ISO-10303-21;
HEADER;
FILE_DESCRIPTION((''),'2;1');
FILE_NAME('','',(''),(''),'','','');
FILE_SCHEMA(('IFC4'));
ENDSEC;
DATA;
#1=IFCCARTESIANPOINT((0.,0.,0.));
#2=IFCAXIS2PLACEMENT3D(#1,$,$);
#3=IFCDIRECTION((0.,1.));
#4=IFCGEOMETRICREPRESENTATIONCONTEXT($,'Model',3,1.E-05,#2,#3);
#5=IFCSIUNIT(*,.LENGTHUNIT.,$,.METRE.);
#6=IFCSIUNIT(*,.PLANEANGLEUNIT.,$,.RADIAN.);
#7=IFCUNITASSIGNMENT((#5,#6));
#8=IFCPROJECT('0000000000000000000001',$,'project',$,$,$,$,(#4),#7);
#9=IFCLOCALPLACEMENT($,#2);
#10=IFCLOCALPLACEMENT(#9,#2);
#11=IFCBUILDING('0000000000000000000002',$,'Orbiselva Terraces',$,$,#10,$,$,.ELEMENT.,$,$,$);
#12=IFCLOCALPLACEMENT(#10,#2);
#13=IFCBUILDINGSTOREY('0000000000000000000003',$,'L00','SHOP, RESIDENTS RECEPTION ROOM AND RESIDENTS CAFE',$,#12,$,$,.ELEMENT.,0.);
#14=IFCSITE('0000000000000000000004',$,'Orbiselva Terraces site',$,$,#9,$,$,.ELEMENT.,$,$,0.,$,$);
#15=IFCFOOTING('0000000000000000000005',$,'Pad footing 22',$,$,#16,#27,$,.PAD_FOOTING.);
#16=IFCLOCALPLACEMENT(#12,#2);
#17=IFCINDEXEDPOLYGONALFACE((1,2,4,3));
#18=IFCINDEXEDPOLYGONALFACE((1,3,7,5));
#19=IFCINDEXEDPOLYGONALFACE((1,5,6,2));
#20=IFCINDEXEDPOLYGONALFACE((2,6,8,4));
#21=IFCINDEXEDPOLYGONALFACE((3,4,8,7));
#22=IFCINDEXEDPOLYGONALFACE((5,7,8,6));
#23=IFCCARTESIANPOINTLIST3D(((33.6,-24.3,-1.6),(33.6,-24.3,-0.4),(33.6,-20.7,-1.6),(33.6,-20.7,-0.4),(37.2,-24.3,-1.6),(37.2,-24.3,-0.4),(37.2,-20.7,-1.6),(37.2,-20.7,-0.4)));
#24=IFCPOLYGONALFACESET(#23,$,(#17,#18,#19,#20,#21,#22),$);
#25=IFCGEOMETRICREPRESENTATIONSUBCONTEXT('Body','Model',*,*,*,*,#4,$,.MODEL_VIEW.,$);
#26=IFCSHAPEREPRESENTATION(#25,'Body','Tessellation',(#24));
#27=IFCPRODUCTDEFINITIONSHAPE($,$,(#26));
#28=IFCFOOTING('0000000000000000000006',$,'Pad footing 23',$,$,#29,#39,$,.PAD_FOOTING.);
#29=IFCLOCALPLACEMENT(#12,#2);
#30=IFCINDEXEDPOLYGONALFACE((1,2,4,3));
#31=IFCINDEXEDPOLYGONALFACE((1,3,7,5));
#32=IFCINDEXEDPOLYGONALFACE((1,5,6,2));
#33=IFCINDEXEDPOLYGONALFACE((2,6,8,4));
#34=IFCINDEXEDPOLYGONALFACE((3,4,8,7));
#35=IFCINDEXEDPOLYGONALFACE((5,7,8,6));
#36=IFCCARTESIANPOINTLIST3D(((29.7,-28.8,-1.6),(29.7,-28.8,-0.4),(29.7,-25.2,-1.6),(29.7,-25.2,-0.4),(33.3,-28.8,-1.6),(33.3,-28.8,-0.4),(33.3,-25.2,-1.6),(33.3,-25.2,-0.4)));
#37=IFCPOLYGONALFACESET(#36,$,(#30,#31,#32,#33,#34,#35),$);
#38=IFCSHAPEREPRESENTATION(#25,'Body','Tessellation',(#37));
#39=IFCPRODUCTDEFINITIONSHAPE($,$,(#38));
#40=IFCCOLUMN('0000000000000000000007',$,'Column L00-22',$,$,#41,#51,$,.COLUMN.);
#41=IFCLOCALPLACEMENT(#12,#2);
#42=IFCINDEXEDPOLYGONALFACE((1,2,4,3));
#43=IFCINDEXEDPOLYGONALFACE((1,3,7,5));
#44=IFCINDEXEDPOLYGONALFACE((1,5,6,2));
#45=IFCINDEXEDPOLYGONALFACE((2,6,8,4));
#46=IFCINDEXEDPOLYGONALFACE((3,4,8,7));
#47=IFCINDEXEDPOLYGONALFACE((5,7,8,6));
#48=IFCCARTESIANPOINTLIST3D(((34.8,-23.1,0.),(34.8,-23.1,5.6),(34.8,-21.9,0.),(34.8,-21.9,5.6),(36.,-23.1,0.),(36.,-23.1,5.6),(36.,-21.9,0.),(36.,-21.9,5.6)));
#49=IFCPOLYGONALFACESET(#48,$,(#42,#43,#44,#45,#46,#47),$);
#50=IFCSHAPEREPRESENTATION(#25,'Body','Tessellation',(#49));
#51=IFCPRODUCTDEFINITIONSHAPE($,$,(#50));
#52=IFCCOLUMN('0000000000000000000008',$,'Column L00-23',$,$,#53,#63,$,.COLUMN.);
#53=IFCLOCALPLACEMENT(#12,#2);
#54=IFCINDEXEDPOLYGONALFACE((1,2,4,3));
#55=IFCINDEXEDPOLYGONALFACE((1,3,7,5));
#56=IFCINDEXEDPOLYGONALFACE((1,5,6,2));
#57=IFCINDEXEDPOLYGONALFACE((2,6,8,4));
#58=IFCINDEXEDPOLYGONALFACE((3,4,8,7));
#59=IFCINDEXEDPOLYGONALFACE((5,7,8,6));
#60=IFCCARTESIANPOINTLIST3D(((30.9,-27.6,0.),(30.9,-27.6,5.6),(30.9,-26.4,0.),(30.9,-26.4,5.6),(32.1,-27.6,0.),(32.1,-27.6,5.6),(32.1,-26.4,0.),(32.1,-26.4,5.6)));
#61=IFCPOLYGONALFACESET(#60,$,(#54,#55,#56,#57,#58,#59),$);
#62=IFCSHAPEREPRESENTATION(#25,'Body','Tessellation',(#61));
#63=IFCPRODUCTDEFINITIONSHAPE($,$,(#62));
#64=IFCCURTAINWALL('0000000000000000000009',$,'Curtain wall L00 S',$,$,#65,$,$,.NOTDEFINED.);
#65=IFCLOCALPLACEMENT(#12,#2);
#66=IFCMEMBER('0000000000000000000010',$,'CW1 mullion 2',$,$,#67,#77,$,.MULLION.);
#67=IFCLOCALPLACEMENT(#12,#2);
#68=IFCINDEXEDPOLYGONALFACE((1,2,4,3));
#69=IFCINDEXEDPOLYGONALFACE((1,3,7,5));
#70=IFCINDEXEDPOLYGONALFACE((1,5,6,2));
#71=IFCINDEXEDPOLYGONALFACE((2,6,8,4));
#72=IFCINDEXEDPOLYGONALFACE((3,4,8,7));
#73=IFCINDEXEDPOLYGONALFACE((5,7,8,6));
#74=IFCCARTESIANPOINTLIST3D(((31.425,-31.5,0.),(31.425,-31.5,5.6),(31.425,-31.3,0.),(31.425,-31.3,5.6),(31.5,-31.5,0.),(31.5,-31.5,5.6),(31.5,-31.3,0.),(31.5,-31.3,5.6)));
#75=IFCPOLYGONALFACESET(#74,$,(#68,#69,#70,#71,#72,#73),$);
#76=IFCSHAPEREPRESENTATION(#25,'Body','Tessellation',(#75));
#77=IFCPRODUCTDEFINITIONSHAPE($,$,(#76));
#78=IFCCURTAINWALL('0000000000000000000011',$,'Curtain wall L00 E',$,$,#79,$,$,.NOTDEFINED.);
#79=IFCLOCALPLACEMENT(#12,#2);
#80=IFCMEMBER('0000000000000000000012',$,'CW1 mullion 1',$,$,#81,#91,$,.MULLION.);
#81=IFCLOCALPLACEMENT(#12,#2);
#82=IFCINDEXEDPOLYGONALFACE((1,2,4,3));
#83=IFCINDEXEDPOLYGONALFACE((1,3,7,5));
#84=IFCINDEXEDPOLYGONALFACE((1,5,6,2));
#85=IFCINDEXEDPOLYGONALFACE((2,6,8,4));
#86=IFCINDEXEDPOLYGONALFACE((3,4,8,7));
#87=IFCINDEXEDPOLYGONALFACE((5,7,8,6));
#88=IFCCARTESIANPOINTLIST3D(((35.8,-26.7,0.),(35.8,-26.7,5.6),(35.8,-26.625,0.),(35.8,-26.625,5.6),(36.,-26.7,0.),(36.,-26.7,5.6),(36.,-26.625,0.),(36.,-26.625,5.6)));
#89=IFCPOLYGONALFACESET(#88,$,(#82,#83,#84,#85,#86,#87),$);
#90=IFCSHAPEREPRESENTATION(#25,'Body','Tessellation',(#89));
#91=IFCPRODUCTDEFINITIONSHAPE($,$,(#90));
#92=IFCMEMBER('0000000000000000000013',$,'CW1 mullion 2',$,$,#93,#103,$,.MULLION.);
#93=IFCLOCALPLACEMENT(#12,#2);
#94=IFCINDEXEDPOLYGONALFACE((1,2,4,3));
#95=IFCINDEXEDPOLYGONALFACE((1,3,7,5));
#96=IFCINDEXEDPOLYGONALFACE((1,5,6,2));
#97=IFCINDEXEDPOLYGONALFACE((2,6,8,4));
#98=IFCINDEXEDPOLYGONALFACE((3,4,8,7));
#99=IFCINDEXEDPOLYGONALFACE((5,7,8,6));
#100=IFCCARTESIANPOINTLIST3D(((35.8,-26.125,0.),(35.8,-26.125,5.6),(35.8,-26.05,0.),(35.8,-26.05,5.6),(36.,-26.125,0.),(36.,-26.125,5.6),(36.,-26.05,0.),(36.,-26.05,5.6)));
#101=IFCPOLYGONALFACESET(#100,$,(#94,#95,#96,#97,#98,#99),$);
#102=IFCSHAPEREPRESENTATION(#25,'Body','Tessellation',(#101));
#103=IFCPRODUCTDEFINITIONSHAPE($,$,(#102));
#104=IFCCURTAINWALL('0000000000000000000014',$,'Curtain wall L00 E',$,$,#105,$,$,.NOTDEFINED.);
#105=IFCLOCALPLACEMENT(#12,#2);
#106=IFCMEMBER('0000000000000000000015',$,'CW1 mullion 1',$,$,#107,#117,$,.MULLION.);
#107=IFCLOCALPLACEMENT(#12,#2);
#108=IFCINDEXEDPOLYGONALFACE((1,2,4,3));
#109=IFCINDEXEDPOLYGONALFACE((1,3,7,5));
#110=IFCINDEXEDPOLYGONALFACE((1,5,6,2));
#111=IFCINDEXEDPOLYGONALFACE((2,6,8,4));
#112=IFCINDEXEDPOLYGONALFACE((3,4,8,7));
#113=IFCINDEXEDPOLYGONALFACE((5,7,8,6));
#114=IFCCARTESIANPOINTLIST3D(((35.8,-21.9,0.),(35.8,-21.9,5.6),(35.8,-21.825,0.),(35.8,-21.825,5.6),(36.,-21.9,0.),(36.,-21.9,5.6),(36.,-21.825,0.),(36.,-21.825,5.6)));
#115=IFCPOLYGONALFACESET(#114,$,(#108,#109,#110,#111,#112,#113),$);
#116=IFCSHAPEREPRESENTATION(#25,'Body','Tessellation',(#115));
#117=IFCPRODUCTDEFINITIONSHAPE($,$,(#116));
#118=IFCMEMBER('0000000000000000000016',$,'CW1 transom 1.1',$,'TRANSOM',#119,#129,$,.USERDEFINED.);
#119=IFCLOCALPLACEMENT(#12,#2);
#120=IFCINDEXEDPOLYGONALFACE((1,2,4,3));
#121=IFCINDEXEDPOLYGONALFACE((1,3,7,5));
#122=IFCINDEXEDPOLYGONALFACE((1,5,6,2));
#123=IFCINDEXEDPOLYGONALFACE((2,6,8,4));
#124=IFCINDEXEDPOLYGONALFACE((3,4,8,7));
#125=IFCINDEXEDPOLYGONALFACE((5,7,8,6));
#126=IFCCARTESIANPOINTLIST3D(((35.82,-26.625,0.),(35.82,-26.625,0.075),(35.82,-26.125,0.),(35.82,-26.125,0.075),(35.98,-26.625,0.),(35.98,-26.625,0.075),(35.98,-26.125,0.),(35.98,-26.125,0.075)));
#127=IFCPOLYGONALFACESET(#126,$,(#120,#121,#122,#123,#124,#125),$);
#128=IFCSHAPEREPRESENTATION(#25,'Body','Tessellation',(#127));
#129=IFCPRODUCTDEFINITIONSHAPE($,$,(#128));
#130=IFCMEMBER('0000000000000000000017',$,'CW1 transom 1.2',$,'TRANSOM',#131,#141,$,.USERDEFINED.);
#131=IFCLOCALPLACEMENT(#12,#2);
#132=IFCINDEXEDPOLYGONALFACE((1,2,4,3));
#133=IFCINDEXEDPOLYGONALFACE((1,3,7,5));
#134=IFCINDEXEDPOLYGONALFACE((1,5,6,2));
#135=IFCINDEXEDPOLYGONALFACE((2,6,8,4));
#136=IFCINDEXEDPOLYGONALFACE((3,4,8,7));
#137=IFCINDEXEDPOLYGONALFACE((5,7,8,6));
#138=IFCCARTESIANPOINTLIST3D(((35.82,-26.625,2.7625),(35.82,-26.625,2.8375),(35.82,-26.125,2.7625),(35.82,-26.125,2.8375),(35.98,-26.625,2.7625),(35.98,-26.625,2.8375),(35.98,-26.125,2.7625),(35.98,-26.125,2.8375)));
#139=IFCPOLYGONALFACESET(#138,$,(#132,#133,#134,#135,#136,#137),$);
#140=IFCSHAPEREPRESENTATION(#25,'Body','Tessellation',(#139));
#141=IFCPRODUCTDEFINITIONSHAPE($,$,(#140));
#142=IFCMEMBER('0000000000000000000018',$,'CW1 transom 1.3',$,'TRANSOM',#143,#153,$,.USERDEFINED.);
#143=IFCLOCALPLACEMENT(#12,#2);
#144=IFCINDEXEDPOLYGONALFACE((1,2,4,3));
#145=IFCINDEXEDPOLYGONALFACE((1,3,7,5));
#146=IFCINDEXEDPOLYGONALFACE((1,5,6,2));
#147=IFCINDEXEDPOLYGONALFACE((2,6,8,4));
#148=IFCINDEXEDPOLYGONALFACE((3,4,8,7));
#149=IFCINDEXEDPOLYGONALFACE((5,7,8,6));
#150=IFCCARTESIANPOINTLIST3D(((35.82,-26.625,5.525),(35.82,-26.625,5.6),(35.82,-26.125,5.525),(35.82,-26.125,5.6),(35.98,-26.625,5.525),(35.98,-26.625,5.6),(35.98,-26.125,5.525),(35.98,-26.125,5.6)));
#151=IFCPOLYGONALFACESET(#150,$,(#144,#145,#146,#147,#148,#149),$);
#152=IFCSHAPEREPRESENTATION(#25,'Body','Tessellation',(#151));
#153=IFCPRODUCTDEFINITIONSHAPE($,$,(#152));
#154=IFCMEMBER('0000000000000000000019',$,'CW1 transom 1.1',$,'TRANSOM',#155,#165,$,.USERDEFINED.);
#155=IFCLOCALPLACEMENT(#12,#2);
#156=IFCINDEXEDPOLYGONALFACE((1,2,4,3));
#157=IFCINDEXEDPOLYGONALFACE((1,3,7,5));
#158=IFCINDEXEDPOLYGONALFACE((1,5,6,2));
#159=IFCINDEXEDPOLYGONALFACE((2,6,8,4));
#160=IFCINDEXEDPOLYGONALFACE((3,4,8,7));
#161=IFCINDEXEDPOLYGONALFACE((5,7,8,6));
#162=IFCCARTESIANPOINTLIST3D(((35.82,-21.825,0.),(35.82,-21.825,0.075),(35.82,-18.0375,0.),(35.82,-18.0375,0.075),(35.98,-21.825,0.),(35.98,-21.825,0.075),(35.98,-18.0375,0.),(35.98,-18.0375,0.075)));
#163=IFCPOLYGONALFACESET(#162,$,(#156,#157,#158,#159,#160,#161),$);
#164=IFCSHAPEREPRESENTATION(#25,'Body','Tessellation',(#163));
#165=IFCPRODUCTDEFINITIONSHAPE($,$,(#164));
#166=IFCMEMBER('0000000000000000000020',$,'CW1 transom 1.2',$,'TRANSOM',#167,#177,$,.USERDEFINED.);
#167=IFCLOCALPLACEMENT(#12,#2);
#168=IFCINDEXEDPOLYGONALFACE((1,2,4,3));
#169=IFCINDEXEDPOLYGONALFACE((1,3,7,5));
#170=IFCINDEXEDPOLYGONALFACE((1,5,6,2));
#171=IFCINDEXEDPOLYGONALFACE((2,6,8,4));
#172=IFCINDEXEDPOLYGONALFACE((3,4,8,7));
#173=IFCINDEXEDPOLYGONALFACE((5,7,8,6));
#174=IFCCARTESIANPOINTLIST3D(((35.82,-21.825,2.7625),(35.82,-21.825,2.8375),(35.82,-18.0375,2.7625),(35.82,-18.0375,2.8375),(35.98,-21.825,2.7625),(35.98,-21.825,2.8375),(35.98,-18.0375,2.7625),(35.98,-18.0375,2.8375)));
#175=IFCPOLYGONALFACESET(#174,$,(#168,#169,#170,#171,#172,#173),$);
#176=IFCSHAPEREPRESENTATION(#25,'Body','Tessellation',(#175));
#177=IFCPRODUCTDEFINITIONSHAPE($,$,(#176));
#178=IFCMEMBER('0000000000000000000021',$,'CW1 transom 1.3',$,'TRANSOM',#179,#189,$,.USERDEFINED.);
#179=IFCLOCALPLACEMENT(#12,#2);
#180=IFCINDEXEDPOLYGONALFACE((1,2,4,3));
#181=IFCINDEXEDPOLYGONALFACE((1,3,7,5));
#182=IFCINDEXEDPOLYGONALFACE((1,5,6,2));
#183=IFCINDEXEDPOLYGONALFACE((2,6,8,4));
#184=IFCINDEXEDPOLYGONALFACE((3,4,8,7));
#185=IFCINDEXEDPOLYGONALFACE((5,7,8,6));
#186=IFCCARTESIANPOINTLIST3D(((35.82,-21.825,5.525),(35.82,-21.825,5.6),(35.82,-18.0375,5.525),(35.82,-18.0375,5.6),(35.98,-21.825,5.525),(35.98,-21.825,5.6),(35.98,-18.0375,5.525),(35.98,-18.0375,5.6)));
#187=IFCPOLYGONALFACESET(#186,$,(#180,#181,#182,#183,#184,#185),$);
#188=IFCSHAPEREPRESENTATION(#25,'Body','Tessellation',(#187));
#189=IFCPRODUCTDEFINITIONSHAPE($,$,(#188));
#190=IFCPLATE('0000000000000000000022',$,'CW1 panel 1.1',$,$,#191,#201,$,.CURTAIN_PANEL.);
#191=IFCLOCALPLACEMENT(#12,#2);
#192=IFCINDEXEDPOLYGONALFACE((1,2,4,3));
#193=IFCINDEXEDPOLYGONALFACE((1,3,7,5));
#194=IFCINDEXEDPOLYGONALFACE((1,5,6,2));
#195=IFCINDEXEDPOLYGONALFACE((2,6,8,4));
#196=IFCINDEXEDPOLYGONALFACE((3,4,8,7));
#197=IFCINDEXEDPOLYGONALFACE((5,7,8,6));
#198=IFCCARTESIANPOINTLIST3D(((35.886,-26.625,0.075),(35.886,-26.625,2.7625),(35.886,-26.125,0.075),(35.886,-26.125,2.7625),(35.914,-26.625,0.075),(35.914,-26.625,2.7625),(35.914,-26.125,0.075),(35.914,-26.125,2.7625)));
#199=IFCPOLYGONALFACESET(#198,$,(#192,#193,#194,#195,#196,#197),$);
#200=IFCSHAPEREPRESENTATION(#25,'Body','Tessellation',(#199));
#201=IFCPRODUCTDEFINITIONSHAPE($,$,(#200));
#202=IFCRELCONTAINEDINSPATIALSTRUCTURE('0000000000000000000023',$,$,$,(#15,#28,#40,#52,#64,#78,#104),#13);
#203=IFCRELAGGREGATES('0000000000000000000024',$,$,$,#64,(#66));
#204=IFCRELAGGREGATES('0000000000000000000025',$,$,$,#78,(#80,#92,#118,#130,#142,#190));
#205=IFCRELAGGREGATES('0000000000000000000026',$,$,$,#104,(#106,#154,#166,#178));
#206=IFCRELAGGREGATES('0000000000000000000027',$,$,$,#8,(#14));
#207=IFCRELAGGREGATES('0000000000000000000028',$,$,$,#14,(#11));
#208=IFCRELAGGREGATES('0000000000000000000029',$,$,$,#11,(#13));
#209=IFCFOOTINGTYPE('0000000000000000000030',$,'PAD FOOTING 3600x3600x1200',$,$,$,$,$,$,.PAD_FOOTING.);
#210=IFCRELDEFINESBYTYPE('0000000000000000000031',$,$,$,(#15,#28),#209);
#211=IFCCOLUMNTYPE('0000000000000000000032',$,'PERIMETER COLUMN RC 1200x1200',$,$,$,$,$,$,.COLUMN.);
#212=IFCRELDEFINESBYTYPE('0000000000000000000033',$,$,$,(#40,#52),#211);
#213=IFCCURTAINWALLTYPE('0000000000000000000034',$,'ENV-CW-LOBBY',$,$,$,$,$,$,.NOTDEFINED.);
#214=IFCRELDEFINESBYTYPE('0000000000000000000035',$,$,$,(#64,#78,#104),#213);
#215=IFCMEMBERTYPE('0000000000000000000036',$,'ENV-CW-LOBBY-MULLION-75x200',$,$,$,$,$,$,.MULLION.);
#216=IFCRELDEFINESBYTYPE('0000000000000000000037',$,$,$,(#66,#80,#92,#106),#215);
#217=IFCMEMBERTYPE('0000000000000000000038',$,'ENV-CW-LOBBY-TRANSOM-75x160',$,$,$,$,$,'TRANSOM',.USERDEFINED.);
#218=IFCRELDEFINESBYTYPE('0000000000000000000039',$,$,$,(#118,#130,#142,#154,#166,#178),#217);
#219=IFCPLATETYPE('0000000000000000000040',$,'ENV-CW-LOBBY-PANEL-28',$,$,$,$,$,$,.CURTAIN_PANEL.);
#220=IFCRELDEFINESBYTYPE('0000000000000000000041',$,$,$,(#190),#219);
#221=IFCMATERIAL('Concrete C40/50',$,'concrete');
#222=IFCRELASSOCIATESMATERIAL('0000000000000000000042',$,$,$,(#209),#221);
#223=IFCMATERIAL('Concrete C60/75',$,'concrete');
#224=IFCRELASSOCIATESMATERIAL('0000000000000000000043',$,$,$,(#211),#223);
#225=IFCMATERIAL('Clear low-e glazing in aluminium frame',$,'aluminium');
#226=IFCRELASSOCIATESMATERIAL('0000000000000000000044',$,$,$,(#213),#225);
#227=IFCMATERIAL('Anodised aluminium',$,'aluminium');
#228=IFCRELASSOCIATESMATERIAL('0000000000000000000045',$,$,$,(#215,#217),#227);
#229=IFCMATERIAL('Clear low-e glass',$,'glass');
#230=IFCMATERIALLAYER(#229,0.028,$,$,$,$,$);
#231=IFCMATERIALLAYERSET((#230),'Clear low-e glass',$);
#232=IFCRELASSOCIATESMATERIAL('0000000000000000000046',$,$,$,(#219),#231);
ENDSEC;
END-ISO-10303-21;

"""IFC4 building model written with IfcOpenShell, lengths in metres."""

from ifc_helpers import new_model, si_unit, direction, frame, origin, origin_2d, place, context, subcontext, project, spatial, rectangle, extrude, material, layer, layer_set, material_profile, profile_set, type_object, element, aggregate, save


model = new_model("IFC4")

# Units and contexts
model_context = context("Model", 3, precision=1e-05, world=origin(), true_north=direction((0.0, 1.0)))
body_context = subcontext(model_context, "Body", "Model", "MODEL_VIEW")
ifc_project = project(units=[si_unit("LENGTHUNIT", "METRE"), si_unit("PLANEANGLEUNIT", "RADIAN")], contexts=[model_context])

# Site, building, storey
site_placement = place(None, origin())
site = spatial("IfcSite", under=ifc_project, at=site_placement, Name="Orbiselva Terraces site", CompositionType="ELEMENT", RefElevation=0.0)
building_placement = place(site_placement, origin())
building = spatial("IfcBuilding", under=site, at=building_placement, Name="Orbiselva Terraces", CompositionType="ELEMENT")
storey_placement = place(building_placement, origin())
storey = spatial("IfcBuildingStorey", under=building, at=storey_placement, Name="L00", Description="SHOP, RESIDENTS RECEPTION ROOM AND RESIDENTS CAFE", CompositionType="ELEMENT", Elevation=0.0)

# Footings
ifc_material_1 = material(Name="Concrete C40/50", Category="concrete")
footing_type = type_object("IfcFootingType", Name="PAD FOOTING 3600x3600x1200", PredefinedType="PAD_FOOTING", material=ifc_material_1)
for number, where, z_axis, x_axis, name in (
    (1, (35.4, -22.5, -1.6), (0.0, 0.0, 1.0), (1.0, 0.0, 0.0), "Pad footing 22"),
    (2, (31.5, -27.0, -1.6), (0.0, 0.0, 1.0), (1.0, 0.0, 0.0), "Pad footing 23"),
):
    element("IfcFooting", number, at=place(storey_placement, frame(where, z_axis=z_axis, x_axis=x_axis)), inside=storey, type_object=footing_type, Name=name, PredefinedType="PAD_FOOTING", context=body_context, shape_type="SweptSolid", body=[
        extrude(rectangle(XDim=3.6, YDim=3.6, at=origin_2d()), origin(), (0.0, 0.0, 1.0), 1.2),
    ])

# Columns
ifc_material_2 = material(Name="Concrete C60/75", Category="concrete")
ifc_material_profile_1 = material_profile(ifc_material_2, rectangle(XDim=1.2, YDim=1.2, at=origin_2d()), Name="RC 1200x1200")
ifc_profile_set_1 = profile_set([ifc_material_profile_1], Name="Concrete C60/75")
column_type = type_object("IfcColumnType", Name="PERIMETER COLUMN RC 1200x1200", PredefinedType="COLUMN", material=ifc_profile_set_1)
for number, where, z_axis, x_axis, name in (
    (3, (35.4, -22.5, 0.0), (0.0, 0.0, 1.0), (1.0, 0.0, 0.0), "Column L00-22"),
    (4, (31.5, -27.0, 0.0), (0.0, 0.0, 1.0), (1.0, 0.0, 0.0), "Column L00-23"),
):
    element("IfcColumn", number, at=place(storey_placement, frame(where, z_axis=z_axis, x_axis=x_axis)), inside=storey, type_object=column_type, Name=name, PredefinedType="COLUMN", context=body_context, shape_type="SweptSolid", body=[
        extrude(rectangle(XDim=1.2, YDim=1.2, at=origin_2d()), origin(), (0.0, 0.0, 1.0), 5.6),
    ])

# Curtain wall, member
ifc_material_3 = material(Name="Clear low-e glazing in aluminium frame", Category="aluminium")
curtain_wall_type = type_object("IfcCurtainWallType", Name="ENV-CW-LOBBY", PredefinedType="NOTDEFINED", material=ifc_material_3)
curtain_wall_1_placement = place(storey_placement, origin())
curtain_wall_1 = element("IfcCurtainWall", 5, at=curtain_wall_1_placement, inside=storey, type_object=curtain_wall_type, Name="Curtain wall L00 S", PredefinedType="NOTDEFINED")
ifc_material_4 = material(Name="Anodised aluminium", Category="aluminium")
ifc_material_profile_2 = material_profile(ifc_material_4, rectangle(XDim=0.2, YDim=0.075, at=origin_2d()), Name="AL 75x200")
ifc_profile_set_2 = profile_set([ifc_material_profile_2], Name="Anodised aluminium")
member_type_1 = type_object("IfcMemberType", Name="ENV-CW-LOBBY-MULLION-75x200", PredefinedType="MULLION", material=ifc_profile_set_2)
member_1_placement = place(storey_placement, frame((31.4625, -31.4, 0.0), z_axis=(0.0, 0.0, 1.0), x_axis=(0.0, 1.0, 0.0)))
member_1 = element("IfcMember", 6, at=member_1_placement, type_object=member_type_1, Name="CW1 mullion 2", PredefinedType="MULLION", context=body_context, shape_type="SweptSolid", body=[
    extrude(rectangle(XDim=0.2, YDim=0.075, at=origin_2d()), origin(), (0.0, 0.0, 1.0), 5.6),
])
aggregate(curtain_wall_1, [member_1])

# Curtain wall, members
curtain_wall_2_placement = place(storey_placement, origin())
curtain_wall_2 = element("IfcCurtainWall", 7, at=curtain_wall_2_placement, inside=storey, type_object=curtain_wall_type, Name="Curtain wall L00 E", PredefinedType="NOTDEFINED")
member_2_placement = place(storey_placement, frame((35.9, -26.6625, 0.0), z_axis=(0.0, 0.0, 1.0), x_axis=(-1.0, 0.0, 0.0)))
member_2 = element("IfcMember", 8, at=member_2_placement, type_object=member_type_1, Name="CW1 mullion 1", PredefinedType="MULLION", context=body_context, shape_type="SweptSolid", body=[
    extrude(rectangle(XDim=0.2, YDim=0.075, at=origin_2d()), origin(), (0.0, 0.0, 1.0), 5.6),
])
member_3_placement = place(storey_placement, frame((35.9, -26.0875, 0.0), z_axis=(0.0, 0.0, 1.0), x_axis=(-1.0, 0.0, 0.0)))
member_3 = element("IfcMember", 9, at=member_3_placement, type_object=member_type_1, Name="CW1 mullion 2", PredefinedType="MULLION", context=body_context, shape_type="SweptSolid", body=[
    extrude(rectangle(XDim=0.2, YDim=0.075, at=origin_2d()), origin(), (0.0, 0.0, 1.0), 5.6),
])

# Curtain wall, member
curtain_wall_3_placement = place(storey_placement, origin())
curtain_wall_3 = element("IfcCurtainWall", 10, at=curtain_wall_3_placement, inside=storey, type_object=curtain_wall_type, Name="Curtain wall L00 E", PredefinedType="NOTDEFINED")
member_4_placement = place(storey_placement, frame((35.9, -21.8625, 0.0), z_axis=(0.0, 0.0, 1.0), x_axis=(-1.0, 0.0, 0.0)))
member_4 = element("IfcMember", 11, at=member_4_placement, type_object=member_type_1, Name="CW1 mullion 1", PredefinedType="MULLION", context=body_context, shape_type="SweptSolid", body=[
    extrude(rectangle(XDim=0.2, YDim=0.075, at=origin_2d()), origin(), (0.0, 0.0, 1.0), 5.6),
])

# Members
ifc_material_profile_3 = material_profile(ifc_material_4, rectangle(XDim=0.16, YDim=0.075, at=origin_2d()), Name="AL 75x160")
ifc_profile_set_3 = profile_set([ifc_material_profile_3], Name="Anodised aluminium")
member_type_2 = type_object("IfcMemberType", Name="ENV-CW-LOBBY-TRANSOM-75x160", ElementType="TRANSOM", PredefinedType="USERDEFINED", material=ifc_profile_set_3)
member_5_placement = place(storey_placement, frame((35.9, -26.625, 0.0375), z_axis=(0.0, 1.0, 0.0), x_axis=(-1.0, 0.0, 0.0)))
member_5 = element("IfcMember", 12, at=member_5_placement, type_object=member_type_2, Name="CW1 transom 1.1", ObjectType="TRANSOM", PredefinedType="USERDEFINED", context=body_context, shape_type="SweptSolid", body=[
    extrude(rectangle(XDim=0.16, YDim=0.075, at=origin_2d()), origin(), (0.0, 0.0, 1.0), 0.5),
])
member_6_placement = place(storey_placement, frame((35.9, -26.625, 2.8), z_axis=(0.0, 1.0, 0.0), x_axis=(-1.0, 0.0, 0.0)))
member_6 = element("IfcMember", 13, at=member_6_placement, type_object=member_type_2, Name="CW1 transom 1.2", ObjectType="TRANSOM", PredefinedType="USERDEFINED", context=body_context, shape_type="SweptSolid", body=[
    extrude(rectangle(XDim=0.16, YDim=0.075, at=origin_2d()), origin(), (0.0, 0.0, 1.0), 0.5),
])
member_7_placement = place(storey_placement, frame((35.9, -26.625, 5.5625), z_axis=(0.0, 1.0, 0.0), x_axis=(-1.0, 0.0, 0.0)))
member_7 = element("IfcMember", 14, at=member_7_placement, type_object=member_type_2, Name="CW1 transom 1.3", ObjectType="TRANSOM", PredefinedType="USERDEFINED", context=body_context, shape_type="SweptSolid", body=[
    extrude(rectangle(XDim=0.16, YDim=0.075, at=origin_2d()), origin(), (0.0, 0.0, 1.0), 0.5),
])
member_8_placement = place(storey_placement, frame((35.9, -21.825, 0.0375), z_axis=(0.0, 1.0, 0.0), x_axis=(-1.0, 0.0, 0.0)))
member_8 = element("IfcMember", 15, at=member_8_placement, type_object=member_type_2, Name="CW1 transom 1.1", ObjectType="TRANSOM", PredefinedType="USERDEFINED", context=body_context, shape_type="SweptSolid", body=[
    extrude(rectangle(XDim=0.16, YDim=0.075, at=origin_2d()), origin(), (0.0, 0.0, 1.0), 3.7875),
])
member_9_placement = place(storey_placement, frame((35.9, -21.825, 2.8), z_axis=(0.0, 1.0, 0.0), x_axis=(-1.0, 0.0, 0.0)))
member_9 = element("IfcMember", 16, at=member_9_placement, type_object=member_type_2, Name="CW1 transom 1.2", ObjectType="TRANSOM", PredefinedType="USERDEFINED", context=body_context, shape_type="SweptSolid", body=[
    extrude(rectangle(XDim=0.16, YDim=0.075, at=origin_2d()), origin(), (0.0, 0.0, 1.0), 3.7875),
])
member_10_placement = place(storey_placement, frame((35.9, -21.825, 5.5625), z_axis=(0.0, 1.0, 0.0), x_axis=(-1.0, 0.0, 0.0)))
member_10 = element("IfcMember", 17, at=member_10_placement, type_object=member_type_2, Name="CW1 transom 1.3", ObjectType="TRANSOM", PredefinedType="USERDEFINED", context=body_context, shape_type="SweptSolid", body=[
    extrude(rectangle(XDim=0.16, YDim=0.075, at=origin_2d()), origin(), (0.0, 0.0, 1.0), 3.7875),
])

# Plate
ifc_material_5 = material(Name="Clear low-e glass", Category="glass")
ifc_layer_1 = layer(ifc_material_5, 0.028)
ifc_layer_set_1 = layer_set([ifc_layer_1], Name="Clear low-e glass")
plate_type = type_object("IfcPlateType", Name="ENV-CW-LOBBY-PANEL-28", PredefinedType="CURTAIN_PANEL", material=ifc_layer_set_1)
plate_1_placement = place(storey_placement, frame((35.9, -26.375, 0.075), z_axis=(0.0, 0.0, 1.0), x_axis=(0.0, 1.0, 0.0)))
plate_1 = element("IfcPlate", 18, at=plate_1_placement, type_object=plate_type, Name="CW1 panel 1.1", PredefinedType="CURTAIN_PANEL", context=body_context, shape_type="SweptSolid", body=[
    extrude(rectangle(XDim=0.5, YDim=0.028, at=origin_2d()), origin(), (0.0, 0.0, 1.0), 2.6875),
])
aggregate(curtain_wall_2, [member_2, member_3, member_5, member_6, member_7, plate_1])
aggregate(curtain_wall_3, [member_4, member_8, member_9, member_10])

save(model, "model.ifc")
